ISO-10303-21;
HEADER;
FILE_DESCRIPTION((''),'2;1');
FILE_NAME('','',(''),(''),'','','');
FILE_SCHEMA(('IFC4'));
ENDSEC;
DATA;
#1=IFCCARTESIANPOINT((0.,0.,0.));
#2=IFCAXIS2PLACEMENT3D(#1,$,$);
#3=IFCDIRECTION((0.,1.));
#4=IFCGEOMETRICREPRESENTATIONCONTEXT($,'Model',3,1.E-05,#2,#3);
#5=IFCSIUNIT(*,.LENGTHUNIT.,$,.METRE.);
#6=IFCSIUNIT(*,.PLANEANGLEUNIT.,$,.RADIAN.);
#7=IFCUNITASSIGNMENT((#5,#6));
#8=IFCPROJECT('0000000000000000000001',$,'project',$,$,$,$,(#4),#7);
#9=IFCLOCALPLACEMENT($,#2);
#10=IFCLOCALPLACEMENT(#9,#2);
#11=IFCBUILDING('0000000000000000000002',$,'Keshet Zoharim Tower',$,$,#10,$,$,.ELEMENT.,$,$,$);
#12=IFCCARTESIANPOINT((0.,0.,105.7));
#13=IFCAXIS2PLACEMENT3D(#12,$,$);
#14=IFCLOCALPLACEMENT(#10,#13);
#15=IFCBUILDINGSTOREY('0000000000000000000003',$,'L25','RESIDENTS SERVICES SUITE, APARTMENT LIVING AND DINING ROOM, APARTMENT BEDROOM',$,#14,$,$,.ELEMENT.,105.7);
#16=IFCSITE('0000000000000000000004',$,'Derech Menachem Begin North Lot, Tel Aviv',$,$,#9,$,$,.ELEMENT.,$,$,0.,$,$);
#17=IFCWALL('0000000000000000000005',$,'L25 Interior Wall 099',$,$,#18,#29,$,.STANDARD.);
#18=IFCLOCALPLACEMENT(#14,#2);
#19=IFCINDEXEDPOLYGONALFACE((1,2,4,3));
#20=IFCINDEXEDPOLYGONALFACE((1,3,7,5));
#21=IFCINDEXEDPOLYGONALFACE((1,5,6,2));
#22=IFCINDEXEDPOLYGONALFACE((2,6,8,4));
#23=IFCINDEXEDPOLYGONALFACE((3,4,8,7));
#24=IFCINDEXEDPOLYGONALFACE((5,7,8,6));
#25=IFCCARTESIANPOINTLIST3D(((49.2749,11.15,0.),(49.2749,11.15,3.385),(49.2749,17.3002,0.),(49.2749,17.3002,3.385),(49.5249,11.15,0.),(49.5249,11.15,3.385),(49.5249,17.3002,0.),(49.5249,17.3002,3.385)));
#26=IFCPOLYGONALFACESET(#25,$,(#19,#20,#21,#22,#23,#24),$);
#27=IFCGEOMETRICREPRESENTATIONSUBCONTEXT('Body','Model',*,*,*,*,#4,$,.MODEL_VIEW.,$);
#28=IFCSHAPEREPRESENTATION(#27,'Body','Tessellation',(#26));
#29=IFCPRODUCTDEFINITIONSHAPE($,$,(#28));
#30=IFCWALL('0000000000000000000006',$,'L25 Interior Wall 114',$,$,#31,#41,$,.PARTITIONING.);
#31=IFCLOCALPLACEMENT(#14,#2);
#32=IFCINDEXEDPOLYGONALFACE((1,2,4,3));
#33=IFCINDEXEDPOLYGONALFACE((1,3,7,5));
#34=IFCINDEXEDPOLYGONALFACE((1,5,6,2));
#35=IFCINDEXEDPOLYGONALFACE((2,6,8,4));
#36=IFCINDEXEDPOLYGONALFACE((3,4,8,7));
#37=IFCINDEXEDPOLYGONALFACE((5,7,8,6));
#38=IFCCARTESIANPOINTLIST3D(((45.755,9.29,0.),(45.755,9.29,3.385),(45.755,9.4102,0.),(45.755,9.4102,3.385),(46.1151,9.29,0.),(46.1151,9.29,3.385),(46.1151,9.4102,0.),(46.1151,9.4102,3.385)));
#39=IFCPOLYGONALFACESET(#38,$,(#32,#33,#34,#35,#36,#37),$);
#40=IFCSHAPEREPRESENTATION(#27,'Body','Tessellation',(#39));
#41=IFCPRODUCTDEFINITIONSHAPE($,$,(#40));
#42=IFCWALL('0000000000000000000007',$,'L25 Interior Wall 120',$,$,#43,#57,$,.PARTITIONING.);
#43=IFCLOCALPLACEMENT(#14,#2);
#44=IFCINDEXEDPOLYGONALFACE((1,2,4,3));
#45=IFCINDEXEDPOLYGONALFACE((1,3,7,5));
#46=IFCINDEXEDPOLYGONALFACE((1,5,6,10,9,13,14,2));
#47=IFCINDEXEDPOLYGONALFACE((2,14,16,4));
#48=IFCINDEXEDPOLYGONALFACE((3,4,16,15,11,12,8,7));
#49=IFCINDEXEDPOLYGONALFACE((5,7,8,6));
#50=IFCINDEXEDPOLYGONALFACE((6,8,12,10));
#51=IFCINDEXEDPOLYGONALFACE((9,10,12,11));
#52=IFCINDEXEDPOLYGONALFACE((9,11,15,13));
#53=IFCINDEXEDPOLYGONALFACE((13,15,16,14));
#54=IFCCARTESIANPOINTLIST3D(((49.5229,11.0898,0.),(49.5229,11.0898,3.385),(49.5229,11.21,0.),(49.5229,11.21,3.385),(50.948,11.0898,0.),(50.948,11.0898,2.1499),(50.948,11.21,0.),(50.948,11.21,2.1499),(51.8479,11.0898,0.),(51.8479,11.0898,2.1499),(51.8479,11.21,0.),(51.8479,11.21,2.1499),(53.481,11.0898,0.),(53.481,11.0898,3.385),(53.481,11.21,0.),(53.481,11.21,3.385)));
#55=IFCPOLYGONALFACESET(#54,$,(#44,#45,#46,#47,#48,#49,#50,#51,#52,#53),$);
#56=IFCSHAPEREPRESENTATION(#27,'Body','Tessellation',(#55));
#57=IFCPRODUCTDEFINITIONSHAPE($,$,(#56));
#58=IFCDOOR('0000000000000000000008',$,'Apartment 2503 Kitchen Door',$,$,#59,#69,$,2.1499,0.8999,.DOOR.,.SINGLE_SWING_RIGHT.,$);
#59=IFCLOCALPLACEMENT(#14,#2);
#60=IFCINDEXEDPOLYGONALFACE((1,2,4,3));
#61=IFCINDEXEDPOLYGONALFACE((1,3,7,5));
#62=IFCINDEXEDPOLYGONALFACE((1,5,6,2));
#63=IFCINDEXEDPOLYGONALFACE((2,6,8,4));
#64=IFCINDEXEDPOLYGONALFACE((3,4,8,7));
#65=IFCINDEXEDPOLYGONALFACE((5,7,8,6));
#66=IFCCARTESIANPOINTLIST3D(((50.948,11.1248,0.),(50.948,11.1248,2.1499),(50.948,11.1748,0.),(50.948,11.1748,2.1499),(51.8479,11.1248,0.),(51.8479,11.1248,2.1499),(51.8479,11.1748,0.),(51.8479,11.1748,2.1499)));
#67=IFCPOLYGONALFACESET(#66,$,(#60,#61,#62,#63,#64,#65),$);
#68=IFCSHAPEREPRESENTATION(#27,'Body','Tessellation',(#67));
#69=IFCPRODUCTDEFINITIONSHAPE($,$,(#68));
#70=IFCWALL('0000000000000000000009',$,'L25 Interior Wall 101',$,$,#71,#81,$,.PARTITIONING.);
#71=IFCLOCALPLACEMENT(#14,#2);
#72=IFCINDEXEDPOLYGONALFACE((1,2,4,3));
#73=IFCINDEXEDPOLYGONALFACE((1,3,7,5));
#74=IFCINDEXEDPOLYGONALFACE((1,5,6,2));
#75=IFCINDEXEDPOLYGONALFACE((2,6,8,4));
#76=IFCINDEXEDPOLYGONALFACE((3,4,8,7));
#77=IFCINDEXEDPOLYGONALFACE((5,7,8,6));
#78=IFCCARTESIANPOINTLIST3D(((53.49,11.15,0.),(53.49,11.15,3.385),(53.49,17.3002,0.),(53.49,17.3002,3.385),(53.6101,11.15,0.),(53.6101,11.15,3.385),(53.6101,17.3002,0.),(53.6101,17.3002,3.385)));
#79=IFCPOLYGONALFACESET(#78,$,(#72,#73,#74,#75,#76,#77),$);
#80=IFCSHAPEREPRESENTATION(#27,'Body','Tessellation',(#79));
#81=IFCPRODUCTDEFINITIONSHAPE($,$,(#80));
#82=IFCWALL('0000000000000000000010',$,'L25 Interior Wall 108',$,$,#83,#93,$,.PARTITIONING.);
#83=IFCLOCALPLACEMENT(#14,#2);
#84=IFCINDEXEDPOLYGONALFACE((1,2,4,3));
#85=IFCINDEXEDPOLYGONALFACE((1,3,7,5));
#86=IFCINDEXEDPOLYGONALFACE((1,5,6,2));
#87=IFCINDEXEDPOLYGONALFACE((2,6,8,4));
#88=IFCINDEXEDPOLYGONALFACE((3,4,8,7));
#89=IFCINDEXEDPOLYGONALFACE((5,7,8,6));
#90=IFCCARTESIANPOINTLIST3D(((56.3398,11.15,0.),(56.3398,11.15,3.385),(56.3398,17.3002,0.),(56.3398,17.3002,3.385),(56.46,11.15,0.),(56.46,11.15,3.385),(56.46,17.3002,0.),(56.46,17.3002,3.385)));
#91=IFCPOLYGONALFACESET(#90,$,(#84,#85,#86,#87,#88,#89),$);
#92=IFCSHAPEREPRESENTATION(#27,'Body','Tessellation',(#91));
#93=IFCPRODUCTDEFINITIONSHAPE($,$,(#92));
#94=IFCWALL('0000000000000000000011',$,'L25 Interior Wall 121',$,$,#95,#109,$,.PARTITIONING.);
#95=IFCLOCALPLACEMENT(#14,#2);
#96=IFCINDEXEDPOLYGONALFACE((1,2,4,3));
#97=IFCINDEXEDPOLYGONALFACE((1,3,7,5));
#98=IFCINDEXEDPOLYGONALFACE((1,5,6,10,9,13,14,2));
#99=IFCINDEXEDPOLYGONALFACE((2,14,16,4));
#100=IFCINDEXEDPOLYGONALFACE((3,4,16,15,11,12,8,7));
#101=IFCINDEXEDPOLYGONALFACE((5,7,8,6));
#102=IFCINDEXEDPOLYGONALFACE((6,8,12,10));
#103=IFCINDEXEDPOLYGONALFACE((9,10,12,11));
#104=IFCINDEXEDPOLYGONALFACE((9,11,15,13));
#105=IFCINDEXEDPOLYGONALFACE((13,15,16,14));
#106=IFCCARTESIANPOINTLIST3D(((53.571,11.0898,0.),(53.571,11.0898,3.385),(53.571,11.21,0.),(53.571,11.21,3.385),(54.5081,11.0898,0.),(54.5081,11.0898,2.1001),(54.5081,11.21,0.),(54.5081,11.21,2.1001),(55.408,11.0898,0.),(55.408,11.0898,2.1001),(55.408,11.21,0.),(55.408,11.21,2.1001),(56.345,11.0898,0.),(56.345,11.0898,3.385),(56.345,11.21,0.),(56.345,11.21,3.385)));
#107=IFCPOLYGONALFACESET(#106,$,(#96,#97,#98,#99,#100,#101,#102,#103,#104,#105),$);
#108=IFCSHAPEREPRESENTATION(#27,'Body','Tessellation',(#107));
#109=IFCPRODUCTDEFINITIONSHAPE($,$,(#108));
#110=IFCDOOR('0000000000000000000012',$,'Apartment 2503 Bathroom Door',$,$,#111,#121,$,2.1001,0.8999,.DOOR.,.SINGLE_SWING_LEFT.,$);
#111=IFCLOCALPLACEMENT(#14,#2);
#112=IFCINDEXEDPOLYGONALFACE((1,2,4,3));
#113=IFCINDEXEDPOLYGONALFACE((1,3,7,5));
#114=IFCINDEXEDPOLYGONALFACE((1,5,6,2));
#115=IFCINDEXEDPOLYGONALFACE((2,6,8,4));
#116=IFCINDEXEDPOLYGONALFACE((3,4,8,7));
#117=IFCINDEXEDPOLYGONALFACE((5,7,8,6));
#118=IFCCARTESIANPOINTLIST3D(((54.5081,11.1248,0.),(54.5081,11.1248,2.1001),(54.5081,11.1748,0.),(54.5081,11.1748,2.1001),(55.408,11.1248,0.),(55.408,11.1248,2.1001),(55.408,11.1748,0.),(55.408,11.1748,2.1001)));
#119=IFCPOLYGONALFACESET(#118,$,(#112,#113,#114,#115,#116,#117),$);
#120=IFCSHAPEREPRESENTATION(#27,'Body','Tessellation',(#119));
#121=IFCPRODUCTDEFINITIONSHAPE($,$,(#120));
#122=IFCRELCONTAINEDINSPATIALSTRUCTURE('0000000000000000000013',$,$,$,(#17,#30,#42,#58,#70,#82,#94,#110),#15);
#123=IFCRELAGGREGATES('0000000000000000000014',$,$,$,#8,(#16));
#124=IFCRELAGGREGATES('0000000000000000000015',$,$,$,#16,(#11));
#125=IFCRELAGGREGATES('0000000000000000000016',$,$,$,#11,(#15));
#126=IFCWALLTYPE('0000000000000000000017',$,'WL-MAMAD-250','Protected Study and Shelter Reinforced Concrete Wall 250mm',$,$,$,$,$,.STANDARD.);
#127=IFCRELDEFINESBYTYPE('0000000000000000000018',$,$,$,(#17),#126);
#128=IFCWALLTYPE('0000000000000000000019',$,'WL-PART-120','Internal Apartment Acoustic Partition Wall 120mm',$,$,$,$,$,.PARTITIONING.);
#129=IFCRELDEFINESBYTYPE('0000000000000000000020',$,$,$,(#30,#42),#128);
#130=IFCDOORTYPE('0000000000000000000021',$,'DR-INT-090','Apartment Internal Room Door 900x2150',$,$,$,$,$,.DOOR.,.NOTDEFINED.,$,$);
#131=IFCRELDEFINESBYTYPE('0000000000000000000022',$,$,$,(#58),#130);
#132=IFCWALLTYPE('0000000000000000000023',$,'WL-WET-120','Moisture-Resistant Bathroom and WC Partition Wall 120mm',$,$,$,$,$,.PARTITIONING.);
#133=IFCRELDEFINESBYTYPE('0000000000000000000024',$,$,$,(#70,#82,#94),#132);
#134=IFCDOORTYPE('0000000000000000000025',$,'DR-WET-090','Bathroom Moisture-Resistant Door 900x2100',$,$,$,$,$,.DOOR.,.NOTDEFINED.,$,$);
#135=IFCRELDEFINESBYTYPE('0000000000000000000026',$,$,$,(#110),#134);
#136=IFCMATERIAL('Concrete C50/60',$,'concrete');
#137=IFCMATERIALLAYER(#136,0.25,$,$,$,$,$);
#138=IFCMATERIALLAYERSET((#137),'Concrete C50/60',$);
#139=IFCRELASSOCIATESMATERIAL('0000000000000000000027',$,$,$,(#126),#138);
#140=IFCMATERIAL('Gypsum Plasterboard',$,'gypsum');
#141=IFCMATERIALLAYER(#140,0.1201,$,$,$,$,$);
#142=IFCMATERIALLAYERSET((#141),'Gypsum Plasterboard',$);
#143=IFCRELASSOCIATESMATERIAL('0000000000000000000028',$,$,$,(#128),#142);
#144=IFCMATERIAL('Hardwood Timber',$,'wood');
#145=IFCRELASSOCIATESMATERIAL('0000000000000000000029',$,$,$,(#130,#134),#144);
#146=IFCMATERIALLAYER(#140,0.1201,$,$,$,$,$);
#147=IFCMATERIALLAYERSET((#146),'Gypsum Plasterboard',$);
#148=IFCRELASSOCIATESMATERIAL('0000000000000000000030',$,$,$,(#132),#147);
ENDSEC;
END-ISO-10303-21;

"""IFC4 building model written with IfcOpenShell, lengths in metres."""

from ifc_helpers import new_model, si_unit, direction, frame, frame_2d, origin, place, context, subcontext, project, spatial, rectangle, extrude, material, layer, layer_set, type_object, element, fill, save


model = new_model("IFC4")

# Units and contexts
model_context = context("Model", 3, precision=1e-05, world=origin(), true_north=direction((0.0, 1.0)))
body_context = subcontext(model_context, "Body", "Model", "MODEL_VIEW")
ifc_project = project(units=[si_unit("LENGTHUNIT", "METRE"), si_unit("PLANEANGLEUNIT", "RADIAN")], contexts=[model_context])

# Site, building, storey
site_placement = place(None, origin())
site = spatial("IfcSite", under=ifc_project, at=site_placement, Name="Derech Menachem Begin North Lot, Tel Aviv", CompositionType="ELEMENT", RefElevation=0.0)
building_placement = place(site_placement, origin())
building = spatial("IfcBuilding", under=site, at=building_placement, Name="Keshet Zoharim Tower", CompositionType="ELEMENT")
storey_placement = place(building_placement, frame((0.0, 0.0, 105.7)))
storey = spatial("IfcBuildingStorey", under=building, at=storey_placement, Name="L25", Description="RESIDENTS SERVICES SUITE, APARTMENT LIVING AND DINING ROOM, APARTMENT BEDROOM", CompositionType="ELEMENT", Elevation=105.7)

# Wall
ifc_material_1 = material(Name="Concrete C50/60", Category="concrete")
ifc_layer_1 = layer(ifc_material_1, 0.25)
ifc_layer_set_1 = layer_set([ifc_layer_1], Name="Concrete C50/60")
wall_type_1 = type_object("IfcWallType", Name="WL-MAMAD-250", Description="Protected Study and Shelter Reinforced Concrete Wall 250mm", PredefinedType="STANDARD", material=ifc_layer_set_1)
for number, where, z_axis, x_axis, name in (
    (1, (49.3999, 11.1499, 0.0), (0.0, 0.0, 1.0), (0.0, 1.0, 0.0), "L25 Interior Wall 099"),
):
    element("IfcWall", number, at=place(storey_placement, frame(where, z_axis=z_axis, x_axis=x_axis)), inside=storey, type_object=wall_type_1, Name=name, PredefinedType="STANDARD", context=body_context, shape_type="SweptSolid", body=[
        extrude(rectangle(XDim=6.1501, YDim=0.25, at=frame_2d((3.0752, 0.0))), origin(), (0.0, 0.0, 1.0), 3.385),
    ])

# Shared definitions
ifc_material_2 = material(Name="Hardwood Timber", Category="wood")

# Wall
ifc_material_3 = material(Name="Gypsum Plasterboard", Category="gypsum")
ifc_layer_2 = layer(ifc_material_3, 0.1201)
ifc_layer_set_2 = layer_set([ifc_layer_2], Name="Gypsum Plasterboard")
wall_type_2 = type_object("IfcWallType", Name="WL-PART-120", Description="Internal Apartment Acoustic Partition Wall 120mm", PredefinedType="PARTITIONING", material=ifc_layer_set_2)
wall_1_placement = place(storey_placement, frame((45.7549, 9.3501, 0.0), z_axis=(0.0, 0.0, 1.0), x_axis=(1.0, 0.0, 0.0)))
element("IfcWall", 2, at=wall_1_placement, inside=storey, type_object=wall_type_2, Name="L25 Interior Wall 114", PredefinedType="PARTITIONING", context=body_context, shape_type="SweptSolid", body=[
    extrude(rectangle(XDim=0.3601, YDim=0.1201, at=frame_2d((0.1802, 0.0))), origin(), (0.0, 0.0, 1.0), 3.385),
])

# Shared definitions
door_type_1 = type_object("IfcDoorType", Name="DR-INT-090", Description="Apartment Internal Room Door 900x2150", OperationType="NOTDEFINED", PredefinedType="DOOR", material=ifc_material_2)

# Wall, opening, door
wall_2_placement = place(storey_placement, frame((49.5229, 11.1499, 0.0), z_axis=(0.0, 0.0, 1.0), x_axis=(1.0, 0.0, 0.0)))
wall_2 = element("IfcWall", 3, at=wall_2_placement, inside=storey, type_object=wall_type_2, Name="L25 Interior Wall 120", PredefinedType="PARTITIONING", context=body_context, shape_type="SweptSolid", body=[
    extrude(rectangle(XDim=3.958, YDim=0.1201, at=frame_2d((1.979, 0.0))), origin(), (0.0, 0.0, 1.0), 3.385),
])
opening_1_placement = place(wall_2_placement, frame((1.425, 0.0, 0.0)))
opening_1 = element("IfcOpeningElement", 4, at=opening_1_placement, cuts=wall_2, PredefinedType="OPENING", context=body_context, shape_type="SweptSolid", body=[
    extrude(rectangle(XDim=0.8999, YDim=2.1499, at=frame_2d((0.45, 1.075))), frame((0.0, 0.0701, 0.0), z_axis=(0.0, -1.0, 0.0), x_axis=(1.0, 0.0, 0.0)), (0.0, 0.0, 1.0), 0.1401),
])
door_1_placement = place(opening_1_placement, origin())
door_1 = element("IfcDoor", 5, at=door_1_placement, inside=storey, type_object=door_type_1, Name="Apartment 2503 Kitchen Door", OperationType="SINGLE_SWING_RIGHT", OverallHeight=2.1499, OverallWidth=0.8999, PredefinedType="DOOR", context=body_context, shape_type="SweptSolid", body=[
    extrude(rectangle(XDim=0.8999, YDim=2.1499, at=frame_2d((0.45, 1.075))), frame((0.0, 0.0249, 0.0), z_axis=(0.0, -1.0, 0.0), x_axis=(1.0, 0.0, 0.0)), (0.0, 0.0, 1.0), 0.05),
])
fill(opening_1, door_1)

# Walls
ifc_layer_3 = layer(ifc_material_3, 0.1201)
ifc_layer_set_3 = layer_set([ifc_layer_3], Name="Gypsum Plasterboard")
wall_type_3 = type_object("IfcWallType", Name="WL-WET-120", Description="Moisture-Resistant Bathroom and WC Partition Wall 120mm", PredefinedType="PARTITIONING", material=ifc_layer_set_3)
for number, where, z_axis, x_axis, name in (
    (6, (53.55, 11.1499, 0.0), (0.0, 0.0, 1.0), (0.0, 1.0, 0.0), "L25 Interior Wall 101"),
    (7, (56.3999, 11.1499, 0.0), (0.0, 0.0, 1.0), (0.0, 1.0, 0.0), "L25 Interior Wall 108"),
):
    element("IfcWall", number, at=place(storey_placement, frame(where, z_axis=z_axis, x_axis=x_axis)), inside=storey, type_object=wall_type_3, Name=name, PredefinedType="PARTITIONING", context=body_context, shape_type="SweptSolid", body=[
        extrude(rectangle(XDim=6.1501, YDim=0.1201, at=frame_2d((3.0752, 0.0))), origin(), (0.0, 0.0, 1.0), 3.385),
    ])

# Wall, opening, door
wall_3_placement = place(storey_placement, frame((53.571, 11.1499, 0.0), z_axis=(0.0, 0.0, 1.0), x_axis=(1.0, 0.0, 0.0)))
wall_3 = element("IfcWall", 8, at=wall_3_placement, inside=storey, type_object=wall_type_3, Name="L25 Interior Wall 121", PredefinedType="PARTITIONING", context=body_context, shape_type="SweptSolid", body=[
    extrude(rectangle(XDim=2.7739, YDim=0.1201, at=frame_2d((1.387, 0.0))), origin(), (0.0, 0.0, 1.0), 3.385),
])
opening_2_placement = place(wall_3_placement, frame((0.937, 0.0, 0.0)))
opening_2 = element("IfcOpeningElement", 9, at=opening_2_placement, cuts=wall_3, PredefinedType="OPENING", context=body_context, shape_type="SweptSolid", body=[
    extrude(rectangle(XDim=0.8999, YDim=2.1001, at=frame_2d((0.45, 1.05))), frame((0.0, 0.0701, 0.0), z_axis=(0.0, -1.0, 0.0), x_axis=(1.0, 0.0, 0.0)), (0.0, 0.0, 1.0), 0.1401),
])
door_type_2 = type_object("IfcDoorType", Name="DR-WET-090", Description="Bathroom Moisture-Resistant Door 900x2100", OperationType="NOTDEFINED", PredefinedType="DOOR", material=ifc_material_2)
door_2_placement = place(opening_2_placement, origin())
door_2 = element("IfcDoor", 10, at=door_2_placement, inside=storey, type_object=door_type_2, Name="Apartment 2503 Bathroom Door", OperationType="SINGLE_SWING_LEFT", OverallHeight=2.1001, OverallWidth=0.8999, PredefinedType="DOOR", context=body_context, shape_type="SweptSolid", body=[
    extrude(rectangle(XDim=0.8999, YDim=2.1001, at=frame_2d((0.45, 1.05))), frame((0.0, 0.0249, 0.0), z_axis=(0.0, -1.0, 0.0), x_axis=(1.0, 0.0, 0.0)), (0.0, 0.0, 1.0), 0.05),
])
fill(opening_2, door_2)

save(model, "model.ifc")
